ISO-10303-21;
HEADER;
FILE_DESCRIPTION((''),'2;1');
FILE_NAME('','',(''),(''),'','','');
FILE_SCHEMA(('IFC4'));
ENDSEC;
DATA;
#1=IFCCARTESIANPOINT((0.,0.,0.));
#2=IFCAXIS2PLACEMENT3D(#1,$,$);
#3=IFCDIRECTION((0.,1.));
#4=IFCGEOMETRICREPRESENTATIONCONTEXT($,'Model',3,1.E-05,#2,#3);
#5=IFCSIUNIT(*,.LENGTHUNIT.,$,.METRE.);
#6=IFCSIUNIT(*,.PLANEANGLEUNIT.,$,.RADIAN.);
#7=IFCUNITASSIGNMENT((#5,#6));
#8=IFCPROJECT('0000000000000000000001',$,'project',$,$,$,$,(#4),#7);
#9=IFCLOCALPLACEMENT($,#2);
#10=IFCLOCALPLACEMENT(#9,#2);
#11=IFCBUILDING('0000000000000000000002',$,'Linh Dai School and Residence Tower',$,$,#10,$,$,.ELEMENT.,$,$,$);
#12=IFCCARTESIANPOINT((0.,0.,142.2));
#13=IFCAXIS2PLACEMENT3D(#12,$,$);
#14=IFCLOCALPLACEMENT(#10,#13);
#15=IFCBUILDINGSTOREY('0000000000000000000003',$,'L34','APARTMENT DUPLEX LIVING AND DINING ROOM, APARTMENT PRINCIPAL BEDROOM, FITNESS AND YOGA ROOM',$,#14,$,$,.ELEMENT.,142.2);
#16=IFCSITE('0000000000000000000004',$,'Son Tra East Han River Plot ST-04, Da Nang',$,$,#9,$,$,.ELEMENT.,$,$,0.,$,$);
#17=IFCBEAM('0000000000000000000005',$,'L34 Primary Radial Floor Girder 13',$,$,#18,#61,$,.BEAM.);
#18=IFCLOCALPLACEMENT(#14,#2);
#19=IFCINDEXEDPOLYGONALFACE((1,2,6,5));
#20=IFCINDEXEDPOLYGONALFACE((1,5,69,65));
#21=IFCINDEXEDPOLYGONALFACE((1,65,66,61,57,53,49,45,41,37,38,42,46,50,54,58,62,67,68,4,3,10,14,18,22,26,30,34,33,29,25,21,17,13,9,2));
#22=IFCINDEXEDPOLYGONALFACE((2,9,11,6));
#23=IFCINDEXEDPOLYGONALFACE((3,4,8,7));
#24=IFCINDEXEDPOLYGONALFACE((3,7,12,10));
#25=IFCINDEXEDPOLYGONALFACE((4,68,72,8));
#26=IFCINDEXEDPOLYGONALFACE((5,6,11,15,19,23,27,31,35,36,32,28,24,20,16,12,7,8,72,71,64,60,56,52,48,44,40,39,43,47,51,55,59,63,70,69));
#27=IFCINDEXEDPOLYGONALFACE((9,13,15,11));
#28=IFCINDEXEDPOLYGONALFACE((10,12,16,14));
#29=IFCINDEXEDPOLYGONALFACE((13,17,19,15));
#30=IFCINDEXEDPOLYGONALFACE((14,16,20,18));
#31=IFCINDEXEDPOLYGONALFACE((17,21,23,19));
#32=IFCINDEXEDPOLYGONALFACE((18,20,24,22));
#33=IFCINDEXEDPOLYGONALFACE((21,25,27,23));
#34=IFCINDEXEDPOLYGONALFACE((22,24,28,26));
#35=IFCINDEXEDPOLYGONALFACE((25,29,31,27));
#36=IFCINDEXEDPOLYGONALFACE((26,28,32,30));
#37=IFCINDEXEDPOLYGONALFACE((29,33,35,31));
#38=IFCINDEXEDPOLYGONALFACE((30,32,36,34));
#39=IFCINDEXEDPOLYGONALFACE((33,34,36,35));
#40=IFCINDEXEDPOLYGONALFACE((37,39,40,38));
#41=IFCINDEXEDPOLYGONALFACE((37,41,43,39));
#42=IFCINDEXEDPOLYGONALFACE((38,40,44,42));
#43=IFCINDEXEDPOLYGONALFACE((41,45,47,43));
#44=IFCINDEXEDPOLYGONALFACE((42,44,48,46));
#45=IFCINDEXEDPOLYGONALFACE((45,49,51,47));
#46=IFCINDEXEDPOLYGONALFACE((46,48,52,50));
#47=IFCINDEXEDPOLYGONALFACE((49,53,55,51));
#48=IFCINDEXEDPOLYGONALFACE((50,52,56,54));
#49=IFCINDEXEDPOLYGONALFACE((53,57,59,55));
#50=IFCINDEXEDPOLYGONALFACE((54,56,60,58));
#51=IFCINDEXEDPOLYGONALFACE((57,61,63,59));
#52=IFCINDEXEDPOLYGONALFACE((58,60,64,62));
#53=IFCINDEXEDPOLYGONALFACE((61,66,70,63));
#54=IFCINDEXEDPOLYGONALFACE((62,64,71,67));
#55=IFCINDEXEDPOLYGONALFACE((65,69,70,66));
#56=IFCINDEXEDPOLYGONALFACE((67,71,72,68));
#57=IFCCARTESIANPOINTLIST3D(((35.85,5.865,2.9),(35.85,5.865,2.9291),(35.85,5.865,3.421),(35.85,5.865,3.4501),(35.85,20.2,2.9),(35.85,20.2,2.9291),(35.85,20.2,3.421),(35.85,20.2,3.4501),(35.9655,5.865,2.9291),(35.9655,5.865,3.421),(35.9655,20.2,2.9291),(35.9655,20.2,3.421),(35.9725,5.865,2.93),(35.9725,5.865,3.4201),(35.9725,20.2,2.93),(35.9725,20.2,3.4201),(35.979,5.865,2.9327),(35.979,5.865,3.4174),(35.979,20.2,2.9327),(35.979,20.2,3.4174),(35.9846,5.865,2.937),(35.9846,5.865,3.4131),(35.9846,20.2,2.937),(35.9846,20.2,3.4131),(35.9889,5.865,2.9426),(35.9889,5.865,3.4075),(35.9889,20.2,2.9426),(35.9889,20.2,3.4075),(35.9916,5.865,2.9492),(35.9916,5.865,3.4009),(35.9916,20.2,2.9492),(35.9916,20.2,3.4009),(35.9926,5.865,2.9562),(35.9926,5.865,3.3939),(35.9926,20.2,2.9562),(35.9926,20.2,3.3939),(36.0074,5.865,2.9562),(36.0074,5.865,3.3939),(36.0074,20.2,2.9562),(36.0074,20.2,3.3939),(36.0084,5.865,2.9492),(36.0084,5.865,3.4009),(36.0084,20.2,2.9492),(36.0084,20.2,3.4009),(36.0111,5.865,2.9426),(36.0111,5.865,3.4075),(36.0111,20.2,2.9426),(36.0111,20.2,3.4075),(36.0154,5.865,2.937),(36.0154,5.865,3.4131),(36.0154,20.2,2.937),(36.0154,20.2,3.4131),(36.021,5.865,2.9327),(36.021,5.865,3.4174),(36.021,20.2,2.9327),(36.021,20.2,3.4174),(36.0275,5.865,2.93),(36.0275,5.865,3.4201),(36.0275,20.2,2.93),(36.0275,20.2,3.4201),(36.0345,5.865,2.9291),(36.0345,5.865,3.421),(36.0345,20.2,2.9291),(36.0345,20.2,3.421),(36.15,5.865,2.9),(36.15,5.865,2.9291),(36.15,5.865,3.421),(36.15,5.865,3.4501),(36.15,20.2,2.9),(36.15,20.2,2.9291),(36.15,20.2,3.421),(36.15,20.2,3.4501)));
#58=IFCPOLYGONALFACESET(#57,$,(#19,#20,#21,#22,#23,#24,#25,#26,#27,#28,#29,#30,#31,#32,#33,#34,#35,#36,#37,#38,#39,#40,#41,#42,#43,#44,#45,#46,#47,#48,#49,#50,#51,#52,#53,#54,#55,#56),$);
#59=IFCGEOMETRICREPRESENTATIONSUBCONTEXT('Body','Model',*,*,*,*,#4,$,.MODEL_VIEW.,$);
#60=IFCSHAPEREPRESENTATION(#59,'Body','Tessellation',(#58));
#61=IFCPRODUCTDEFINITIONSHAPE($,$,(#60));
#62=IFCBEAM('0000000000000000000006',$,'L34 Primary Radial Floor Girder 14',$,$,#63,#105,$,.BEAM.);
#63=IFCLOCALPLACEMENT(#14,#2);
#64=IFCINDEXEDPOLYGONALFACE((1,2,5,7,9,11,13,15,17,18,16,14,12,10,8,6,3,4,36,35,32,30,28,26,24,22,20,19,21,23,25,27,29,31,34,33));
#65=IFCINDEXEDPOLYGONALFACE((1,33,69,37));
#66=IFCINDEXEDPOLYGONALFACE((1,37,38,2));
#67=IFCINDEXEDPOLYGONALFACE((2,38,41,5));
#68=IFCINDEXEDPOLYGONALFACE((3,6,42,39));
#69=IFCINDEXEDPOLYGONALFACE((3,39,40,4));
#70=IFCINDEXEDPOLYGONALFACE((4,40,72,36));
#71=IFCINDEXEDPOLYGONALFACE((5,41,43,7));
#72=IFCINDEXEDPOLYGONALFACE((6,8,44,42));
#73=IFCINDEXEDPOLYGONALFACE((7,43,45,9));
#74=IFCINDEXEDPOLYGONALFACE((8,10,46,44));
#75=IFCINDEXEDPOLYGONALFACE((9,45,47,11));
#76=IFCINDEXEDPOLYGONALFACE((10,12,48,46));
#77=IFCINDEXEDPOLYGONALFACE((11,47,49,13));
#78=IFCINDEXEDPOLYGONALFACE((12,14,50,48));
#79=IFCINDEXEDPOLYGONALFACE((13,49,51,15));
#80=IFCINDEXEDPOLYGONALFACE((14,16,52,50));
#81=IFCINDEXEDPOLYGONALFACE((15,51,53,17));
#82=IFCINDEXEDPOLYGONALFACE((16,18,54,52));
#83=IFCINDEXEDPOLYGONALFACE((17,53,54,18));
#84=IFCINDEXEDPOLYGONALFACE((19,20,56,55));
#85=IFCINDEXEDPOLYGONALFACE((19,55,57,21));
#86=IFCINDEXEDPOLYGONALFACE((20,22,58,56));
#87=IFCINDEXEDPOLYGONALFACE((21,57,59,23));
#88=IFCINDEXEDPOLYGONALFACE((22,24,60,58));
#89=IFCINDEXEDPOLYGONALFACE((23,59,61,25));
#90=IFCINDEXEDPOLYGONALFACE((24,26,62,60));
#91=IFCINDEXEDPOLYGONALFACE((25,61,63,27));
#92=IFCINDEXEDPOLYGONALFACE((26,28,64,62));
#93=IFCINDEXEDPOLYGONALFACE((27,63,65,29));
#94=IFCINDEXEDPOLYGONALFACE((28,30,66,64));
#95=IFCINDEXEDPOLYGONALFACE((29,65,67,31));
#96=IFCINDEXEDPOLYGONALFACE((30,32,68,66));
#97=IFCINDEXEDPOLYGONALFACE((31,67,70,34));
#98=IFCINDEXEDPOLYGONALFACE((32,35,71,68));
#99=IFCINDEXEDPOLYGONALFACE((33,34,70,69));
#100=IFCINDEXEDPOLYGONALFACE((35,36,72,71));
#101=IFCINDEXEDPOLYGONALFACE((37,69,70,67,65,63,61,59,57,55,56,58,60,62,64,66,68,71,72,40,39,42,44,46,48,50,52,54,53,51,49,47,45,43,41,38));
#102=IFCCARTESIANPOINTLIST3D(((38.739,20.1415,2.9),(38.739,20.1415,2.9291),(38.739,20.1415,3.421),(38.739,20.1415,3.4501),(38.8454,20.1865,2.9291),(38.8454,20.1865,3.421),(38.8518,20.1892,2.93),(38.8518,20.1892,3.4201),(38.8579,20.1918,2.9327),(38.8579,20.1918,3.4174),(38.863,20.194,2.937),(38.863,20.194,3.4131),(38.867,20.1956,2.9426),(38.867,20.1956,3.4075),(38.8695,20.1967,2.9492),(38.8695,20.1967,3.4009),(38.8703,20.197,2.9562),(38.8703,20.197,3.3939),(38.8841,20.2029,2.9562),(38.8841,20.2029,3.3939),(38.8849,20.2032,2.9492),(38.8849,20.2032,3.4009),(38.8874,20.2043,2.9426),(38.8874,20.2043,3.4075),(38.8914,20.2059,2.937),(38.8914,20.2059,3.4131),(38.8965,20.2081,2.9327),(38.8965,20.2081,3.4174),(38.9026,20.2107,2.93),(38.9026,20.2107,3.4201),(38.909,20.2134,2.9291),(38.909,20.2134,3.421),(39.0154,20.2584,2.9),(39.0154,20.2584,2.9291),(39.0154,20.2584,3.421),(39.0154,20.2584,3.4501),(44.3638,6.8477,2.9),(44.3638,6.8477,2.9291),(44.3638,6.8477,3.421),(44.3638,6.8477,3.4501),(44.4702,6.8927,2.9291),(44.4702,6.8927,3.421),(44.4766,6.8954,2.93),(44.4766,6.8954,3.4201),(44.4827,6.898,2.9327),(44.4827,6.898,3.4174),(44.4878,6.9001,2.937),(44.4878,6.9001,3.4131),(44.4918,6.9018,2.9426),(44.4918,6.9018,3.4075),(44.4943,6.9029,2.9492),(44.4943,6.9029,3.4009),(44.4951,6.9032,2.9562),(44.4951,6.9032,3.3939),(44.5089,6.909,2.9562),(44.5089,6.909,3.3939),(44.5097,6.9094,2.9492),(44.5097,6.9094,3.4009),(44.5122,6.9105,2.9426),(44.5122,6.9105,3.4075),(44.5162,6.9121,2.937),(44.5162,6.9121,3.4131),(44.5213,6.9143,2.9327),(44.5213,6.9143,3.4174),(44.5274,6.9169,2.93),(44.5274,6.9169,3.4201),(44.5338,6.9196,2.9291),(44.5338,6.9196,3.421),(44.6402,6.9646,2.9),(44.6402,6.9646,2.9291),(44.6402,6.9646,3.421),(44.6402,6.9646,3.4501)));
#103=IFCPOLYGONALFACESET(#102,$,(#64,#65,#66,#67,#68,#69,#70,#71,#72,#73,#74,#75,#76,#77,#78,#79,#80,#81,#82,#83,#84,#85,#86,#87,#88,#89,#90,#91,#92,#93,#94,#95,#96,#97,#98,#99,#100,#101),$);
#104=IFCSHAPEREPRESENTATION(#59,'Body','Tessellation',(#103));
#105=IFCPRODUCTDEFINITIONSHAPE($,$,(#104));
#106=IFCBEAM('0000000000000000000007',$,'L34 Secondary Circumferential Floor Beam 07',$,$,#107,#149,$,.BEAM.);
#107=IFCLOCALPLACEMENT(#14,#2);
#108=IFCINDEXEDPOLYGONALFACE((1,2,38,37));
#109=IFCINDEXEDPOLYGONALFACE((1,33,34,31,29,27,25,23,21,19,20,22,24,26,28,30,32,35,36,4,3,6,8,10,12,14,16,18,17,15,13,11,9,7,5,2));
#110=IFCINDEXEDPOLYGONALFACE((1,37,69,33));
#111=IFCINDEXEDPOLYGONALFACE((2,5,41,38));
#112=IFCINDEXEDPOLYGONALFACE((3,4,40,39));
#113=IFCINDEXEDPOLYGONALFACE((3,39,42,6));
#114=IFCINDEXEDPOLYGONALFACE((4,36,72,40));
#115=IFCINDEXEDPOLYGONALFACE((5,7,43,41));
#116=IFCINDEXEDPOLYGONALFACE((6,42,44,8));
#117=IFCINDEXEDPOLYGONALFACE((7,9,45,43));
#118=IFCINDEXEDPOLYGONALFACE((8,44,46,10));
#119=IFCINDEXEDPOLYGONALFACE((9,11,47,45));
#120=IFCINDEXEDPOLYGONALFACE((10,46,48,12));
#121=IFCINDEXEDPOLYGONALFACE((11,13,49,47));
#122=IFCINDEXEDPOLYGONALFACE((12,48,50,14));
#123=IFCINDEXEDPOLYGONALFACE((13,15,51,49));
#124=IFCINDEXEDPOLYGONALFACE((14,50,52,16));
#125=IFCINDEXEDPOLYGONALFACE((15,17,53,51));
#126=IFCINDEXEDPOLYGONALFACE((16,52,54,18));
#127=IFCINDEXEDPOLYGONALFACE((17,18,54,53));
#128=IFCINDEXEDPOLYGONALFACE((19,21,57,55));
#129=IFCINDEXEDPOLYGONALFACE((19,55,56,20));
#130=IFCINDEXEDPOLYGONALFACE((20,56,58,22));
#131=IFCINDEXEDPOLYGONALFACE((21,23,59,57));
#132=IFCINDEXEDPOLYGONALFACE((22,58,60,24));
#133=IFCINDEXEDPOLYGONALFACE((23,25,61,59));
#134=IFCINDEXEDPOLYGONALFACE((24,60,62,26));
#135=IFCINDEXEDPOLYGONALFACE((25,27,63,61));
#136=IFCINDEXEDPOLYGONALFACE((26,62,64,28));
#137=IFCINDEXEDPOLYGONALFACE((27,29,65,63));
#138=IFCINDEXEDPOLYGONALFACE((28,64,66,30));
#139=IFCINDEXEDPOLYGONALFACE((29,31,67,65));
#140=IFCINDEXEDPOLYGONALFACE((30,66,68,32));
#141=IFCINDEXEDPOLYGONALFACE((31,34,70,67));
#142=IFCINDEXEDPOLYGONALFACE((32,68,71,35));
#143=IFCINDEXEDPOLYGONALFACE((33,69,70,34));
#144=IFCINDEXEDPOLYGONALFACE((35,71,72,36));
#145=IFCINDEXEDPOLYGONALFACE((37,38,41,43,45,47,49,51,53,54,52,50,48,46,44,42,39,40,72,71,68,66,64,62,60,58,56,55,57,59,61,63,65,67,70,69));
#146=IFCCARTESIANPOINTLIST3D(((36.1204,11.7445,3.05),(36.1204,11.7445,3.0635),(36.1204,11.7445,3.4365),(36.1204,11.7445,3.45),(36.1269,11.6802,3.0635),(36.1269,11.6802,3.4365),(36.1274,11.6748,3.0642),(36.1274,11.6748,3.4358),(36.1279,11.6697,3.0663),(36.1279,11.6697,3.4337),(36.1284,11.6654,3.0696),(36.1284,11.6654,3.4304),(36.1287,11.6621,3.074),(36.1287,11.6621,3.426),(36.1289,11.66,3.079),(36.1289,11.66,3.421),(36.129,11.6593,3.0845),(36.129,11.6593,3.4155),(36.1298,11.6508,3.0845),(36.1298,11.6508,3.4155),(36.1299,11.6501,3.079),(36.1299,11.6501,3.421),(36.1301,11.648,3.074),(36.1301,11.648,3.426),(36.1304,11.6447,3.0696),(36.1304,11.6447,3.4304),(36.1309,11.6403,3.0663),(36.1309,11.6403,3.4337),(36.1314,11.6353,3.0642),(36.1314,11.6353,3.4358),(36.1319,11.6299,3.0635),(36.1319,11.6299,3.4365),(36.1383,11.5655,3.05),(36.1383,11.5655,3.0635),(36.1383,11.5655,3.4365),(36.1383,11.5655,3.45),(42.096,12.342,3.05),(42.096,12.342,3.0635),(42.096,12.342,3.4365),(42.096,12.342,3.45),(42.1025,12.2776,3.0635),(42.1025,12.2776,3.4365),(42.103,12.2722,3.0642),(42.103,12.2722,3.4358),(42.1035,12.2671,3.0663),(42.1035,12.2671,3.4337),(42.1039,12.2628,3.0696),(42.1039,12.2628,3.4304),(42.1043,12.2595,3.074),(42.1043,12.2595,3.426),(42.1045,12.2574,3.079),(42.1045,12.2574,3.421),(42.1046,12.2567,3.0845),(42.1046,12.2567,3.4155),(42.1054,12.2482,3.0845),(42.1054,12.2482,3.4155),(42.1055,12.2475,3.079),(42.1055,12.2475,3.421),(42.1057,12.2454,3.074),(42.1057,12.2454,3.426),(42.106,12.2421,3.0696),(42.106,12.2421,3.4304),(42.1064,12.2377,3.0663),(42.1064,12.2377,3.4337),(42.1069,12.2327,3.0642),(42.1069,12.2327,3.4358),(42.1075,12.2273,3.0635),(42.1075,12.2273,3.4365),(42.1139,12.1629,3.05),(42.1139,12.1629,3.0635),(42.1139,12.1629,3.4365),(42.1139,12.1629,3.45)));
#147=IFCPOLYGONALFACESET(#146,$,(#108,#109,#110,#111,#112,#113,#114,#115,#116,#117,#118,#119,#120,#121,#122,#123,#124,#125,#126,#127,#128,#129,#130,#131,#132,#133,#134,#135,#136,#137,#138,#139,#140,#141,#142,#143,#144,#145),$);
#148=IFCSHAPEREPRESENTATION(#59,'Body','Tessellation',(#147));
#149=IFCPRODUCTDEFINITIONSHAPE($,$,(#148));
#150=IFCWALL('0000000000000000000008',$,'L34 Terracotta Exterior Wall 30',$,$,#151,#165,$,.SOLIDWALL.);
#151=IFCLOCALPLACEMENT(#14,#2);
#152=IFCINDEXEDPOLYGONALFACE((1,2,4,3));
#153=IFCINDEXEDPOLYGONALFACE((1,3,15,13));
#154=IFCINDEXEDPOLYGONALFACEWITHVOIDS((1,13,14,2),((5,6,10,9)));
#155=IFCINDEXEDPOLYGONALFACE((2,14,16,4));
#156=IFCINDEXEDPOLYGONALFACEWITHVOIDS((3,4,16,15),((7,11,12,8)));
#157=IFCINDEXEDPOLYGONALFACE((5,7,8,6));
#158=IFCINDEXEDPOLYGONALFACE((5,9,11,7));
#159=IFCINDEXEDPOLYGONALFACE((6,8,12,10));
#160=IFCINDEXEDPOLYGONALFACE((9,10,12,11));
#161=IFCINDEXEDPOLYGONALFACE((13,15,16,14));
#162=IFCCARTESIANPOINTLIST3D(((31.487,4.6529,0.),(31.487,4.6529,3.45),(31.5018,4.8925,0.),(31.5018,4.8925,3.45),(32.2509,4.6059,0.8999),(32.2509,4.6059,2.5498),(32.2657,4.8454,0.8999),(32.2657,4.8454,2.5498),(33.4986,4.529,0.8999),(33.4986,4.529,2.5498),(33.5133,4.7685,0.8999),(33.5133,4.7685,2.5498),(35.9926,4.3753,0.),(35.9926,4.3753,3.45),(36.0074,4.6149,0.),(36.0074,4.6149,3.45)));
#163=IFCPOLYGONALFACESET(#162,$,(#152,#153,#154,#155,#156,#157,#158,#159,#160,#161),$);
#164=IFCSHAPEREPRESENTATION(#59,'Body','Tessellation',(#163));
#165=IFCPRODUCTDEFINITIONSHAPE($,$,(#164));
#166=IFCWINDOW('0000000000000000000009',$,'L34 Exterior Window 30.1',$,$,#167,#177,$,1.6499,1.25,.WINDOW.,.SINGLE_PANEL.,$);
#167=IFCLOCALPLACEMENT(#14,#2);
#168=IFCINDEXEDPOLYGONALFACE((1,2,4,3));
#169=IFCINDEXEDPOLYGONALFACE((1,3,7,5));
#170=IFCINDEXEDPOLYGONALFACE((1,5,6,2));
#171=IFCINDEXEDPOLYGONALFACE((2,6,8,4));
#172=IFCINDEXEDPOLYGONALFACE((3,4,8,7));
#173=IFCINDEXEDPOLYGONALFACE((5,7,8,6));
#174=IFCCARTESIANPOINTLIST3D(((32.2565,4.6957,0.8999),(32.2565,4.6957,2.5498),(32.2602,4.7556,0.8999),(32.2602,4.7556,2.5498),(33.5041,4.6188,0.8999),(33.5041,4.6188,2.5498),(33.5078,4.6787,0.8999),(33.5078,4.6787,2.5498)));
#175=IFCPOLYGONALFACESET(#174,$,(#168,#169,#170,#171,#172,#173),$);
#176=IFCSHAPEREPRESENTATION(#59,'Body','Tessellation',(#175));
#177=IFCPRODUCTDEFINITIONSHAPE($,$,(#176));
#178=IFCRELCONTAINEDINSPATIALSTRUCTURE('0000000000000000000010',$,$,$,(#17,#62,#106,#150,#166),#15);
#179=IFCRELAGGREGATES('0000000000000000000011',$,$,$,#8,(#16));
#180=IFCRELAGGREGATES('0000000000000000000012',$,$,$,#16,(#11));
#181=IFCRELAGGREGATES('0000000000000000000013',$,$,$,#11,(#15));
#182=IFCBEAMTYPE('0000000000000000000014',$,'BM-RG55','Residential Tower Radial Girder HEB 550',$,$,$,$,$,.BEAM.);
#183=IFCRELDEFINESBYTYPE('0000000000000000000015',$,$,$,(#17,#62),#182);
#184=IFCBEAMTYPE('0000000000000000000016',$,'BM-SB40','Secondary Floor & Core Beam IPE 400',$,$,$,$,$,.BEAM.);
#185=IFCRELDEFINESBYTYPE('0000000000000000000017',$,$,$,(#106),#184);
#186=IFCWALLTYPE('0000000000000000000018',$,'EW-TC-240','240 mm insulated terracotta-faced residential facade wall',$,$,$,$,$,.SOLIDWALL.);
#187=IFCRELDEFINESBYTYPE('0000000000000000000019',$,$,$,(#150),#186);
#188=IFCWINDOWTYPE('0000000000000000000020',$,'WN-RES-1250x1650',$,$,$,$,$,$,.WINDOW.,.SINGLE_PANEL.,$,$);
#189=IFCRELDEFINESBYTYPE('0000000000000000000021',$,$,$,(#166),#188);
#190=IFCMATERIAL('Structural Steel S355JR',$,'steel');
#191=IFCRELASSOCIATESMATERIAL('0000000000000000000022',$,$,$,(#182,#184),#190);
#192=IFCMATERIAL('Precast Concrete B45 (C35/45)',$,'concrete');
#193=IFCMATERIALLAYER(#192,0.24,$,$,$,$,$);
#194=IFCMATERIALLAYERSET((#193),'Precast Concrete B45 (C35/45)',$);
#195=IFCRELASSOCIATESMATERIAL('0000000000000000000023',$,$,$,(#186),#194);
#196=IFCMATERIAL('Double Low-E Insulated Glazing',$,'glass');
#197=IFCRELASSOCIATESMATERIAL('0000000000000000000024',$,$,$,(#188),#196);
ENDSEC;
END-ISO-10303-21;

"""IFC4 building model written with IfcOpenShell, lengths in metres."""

from ifc_helpers import new_model, si_unit, direction, frame, frame_2d, origin, origin_2d, place, context, subcontext, project, spatial, rectangle, i_section, extrude, source, transform, mapped, material, layer, layer_set, material_profile, profile_set, type_object, element, fill, save


model = new_model("IFC4")

# Units and contexts
model_context = context("Model", 3, precision=1e-05, world=origin(), true_north=direction((0.0, 1.0)))
body_context = subcontext(model_context, "Body", "Model", "MODEL_VIEW")
ifc_project = project(units=[si_unit("LENGTHUNIT", "METRE"), si_unit("PLANEANGLEUNIT", "RADIAN")], contexts=[model_context])

# Site, building, storey
site_placement = place(None, origin())
site = spatial("IfcSite", under=ifc_project, at=site_placement, Name="Son Tra East Han River Plot ST-04, Da Nang", CompositionType="ELEMENT", RefElevation=0.0)
building_placement = place(site_placement, origin())
building = spatial("IfcBuilding", under=site, at=building_placement, Name="Linh Dai School and Residence Tower", CompositionType="ELEMENT")
storey_placement = place(building_placement, frame((0.0, 0.0, 142.2)))
storey = spatial("IfcBuildingStorey", under=building, at=storey_placement, Name="L34", Description="APARTMENT DUPLEX LIVING AND DINING ROOM, APARTMENT PRINCIPAL BEDROOM, FITNESS AND YOGA ROOM", CompositionType="ELEMENT", Elevation=142.2)

# Shared definitions
ifc_material_1 = material(Name="Structural Steel S355JR", Category="steel")

# Beams
ifc_material_profile_1 = material_profile(ifc_material_1, i_section(OverallWidth=0.3, OverallDepth=0.55, WebThickness=0.0149, FlangeThickness=0.0291, FilletRadius=0.0271, at=origin_2d()), Name="HEB 550")
ifc_profile_set_1 = profile_set([ifc_material_profile_1], Name="Structural Steel S355JR")
beam_type_1 = type_object("IfcBeamType", Name="BM-RG55", Description="Residential Tower Radial Girder HEB 550", PredefinedType="BEAM", material=ifc_profile_set_1)
beam_1_placement = place(storey_placement, frame((36.0, 20.2, 3.175), z_axis=(0.0, -1.0, 0.0), x_axis=(1.0, 0.0, 0.0)))
element("IfcBeam", 1, at=beam_1_placement, inside=storey, type_object=beam_type_1, Name="L34 Primary Radial Floor Girder 13", PredefinedType="BEAM", context=body_context, shape_type="SweptSolid", body=[
    extrude(i_section(OverallWidth=0.3, OverallDepth=0.55, WebThickness=0.0149, FlangeThickness=0.0291, FilletRadius=0.0271, at=origin_2d()), origin(), (0.0, 0.0, 1.0), 14.335),
])
beam_2_placement = place(storey_placement, frame((38.8772, 20.2, 3.175), z_axis=(0.389669, -0.920955, 0.0), x_axis=(0.920955, 0.389669, 0.0)))
element("IfcBeam", 2, at=beam_2_placement, inside=storey, type_object=beam_type_1, Name="L34 Primary Radial Floor Girder 14", PredefinedType="BEAM", context=body_context, shape_type="SweptSolid", body=[
    extrude(i_section(OverallWidth=0.3, OverallDepth=0.55, WebThickness=0.0149, FlangeThickness=0.0291, FilletRadius=0.0271, at=origin_2d()), origin(), (0.0, 0.0, 1.0), 14.4348),
])
ifc_material_profile_2 = material_profile(ifc_material_1, i_section(OverallWidth=0.1799, OverallDepth=0.3999, WebThickness=0.0085, FlangeThickness=0.0134, FilletRadius=0.021, at=origin_2d()), Name="IPE 400")
ifc_profile_set_2 = profile_set([ifc_material_profile_2], Name="Structural Steel S355JR")
beam_type_2 = type_object("IfcBeamType", Name="BM-SB40", Description="Secondary Floor & Core Beam IPE 400", PredefinedType="BEAM", material=ifc_profile_set_2)
beam_3_placement = place(storey_placement, frame((36.1294, 11.655, 3.25), z_axis=(0.99504, 0.09948, 0.0), x_axis=(-0.09948, 0.99504, 0.0)))
element("IfcBeam", 3, at=beam_3_placement, inside=storey, type_object=beam_type_2, Name="L34 Secondary Circumferential Floor Beam 07", PredefinedType="BEAM", context=body_context, shape_type="SweptSolid", body=[
    extrude(i_section(OverallWidth=0.1799, OverallDepth=0.3999, WebThickness=0.0085, FlangeThickness=0.0134, FilletRadius=0.021, at=origin_2d()), origin(), (0.0, 0.0, 1.0), 6.0054),
])

# Wall, opening, window
ifc_material_2 = material(Name="Precast Concrete B45 (C35/45)", Category="concrete")
ifc_layer_1 = layer(ifc_material_2, 0.24)
ifc_layer_set_1 = layer_set([ifc_layer_1], Name="Precast Concrete B45 (C35/45)")
wall_type_1 = type_object("IfcWallType", Name="EW-TC-240", Description="240 mm insulated terracotta-faced residential facade wall", PredefinedType="SOLIDWALL", material=ifc_layer_set_1)
wall_1_placement = place(storey_placement, frame((36.0, 4.4951, 0.0), z_axis=(0.0, 0.0, 1.0), x_axis=(-0.998108, 0.061493, 0.0)))
wall_1 = element("IfcWall", 4, at=wall_1_placement, inside=storey, type_object=wall_type_1, Name="L34 Terracotta Exterior Wall 30", PredefinedType="SOLIDWALL", context=body_context, shape_type="SweptSolid", body=[
    extrude(rectangle(XDim=4.5142, YDim=0.24, at=frame_2d((2.2571, 0.0))), origin(), (0.0, 0.0, 1.0), 3.45),
])
opening_1_placement = place(wall_1_placement, frame((2.4988, 0.0, 0.8999)))
opening_1 = element("IfcOpeningElement", 5, at=opening_1_placement, cuts=wall_1, PredefinedType="OPENING", context=body_context, shape_type="SweptSolid", body=[
    extrude(rectangle(XDim=1.25, YDim=1.6499, at=origin_2d()), frame((0.625, 0.1299, 0.825), z_axis=(0.0, -1.0, 0.0), x_axis=(1.0, 0.0, 0.0)), (0.0, 0.0, 1.0), 0.26),
])
ifc_material_3 = material(Name="Double Low-E Insulated Glazing", Category="glass")
window_type_1 = type_object("IfcWindowType", Name="WN-RES-1250x1650", PartitioningType="SINGLE_PANEL", PredefinedType="WINDOW", material=ifc_material_3)
shared_shape_1 = source(origin(), body_context, "Body", "SweptSolid", [
    extrude(rectangle(XDim=1.25, YDim=1.6499, at=origin_2d()), frame((0.625, 0.03, 0.825), z_axis=(0.0, -1.0, 0.0), x_axis=(1.0, 0.0, 0.0)), (0.0, 0.0, 1.0), 0.0601),
])
window_1_placement = place(opening_1_placement, origin())
window_1 = element("IfcWindow", 6, at=window_1_placement, inside=storey, type_object=window_type_1, Name="L34 Exterior Window 30.1", OverallHeight=1.6499, OverallWidth=1.25, PartitioningType="SINGLE_PANEL", PredefinedType="WINDOW", context=body_context, shape_type="MappedRepresentation", body=[
    mapped(shared_shape_1, transform((0.0, 0.0, 0.0), x_axis=(1.0, 0.0, 0.0), y_axis=(0.0, 1.0, 0.0), z_axis=(0.0, 0.0, 1.0), scale=1.0)),
])
fill(opening_1, window_1)

save(model, "model.ifc")
